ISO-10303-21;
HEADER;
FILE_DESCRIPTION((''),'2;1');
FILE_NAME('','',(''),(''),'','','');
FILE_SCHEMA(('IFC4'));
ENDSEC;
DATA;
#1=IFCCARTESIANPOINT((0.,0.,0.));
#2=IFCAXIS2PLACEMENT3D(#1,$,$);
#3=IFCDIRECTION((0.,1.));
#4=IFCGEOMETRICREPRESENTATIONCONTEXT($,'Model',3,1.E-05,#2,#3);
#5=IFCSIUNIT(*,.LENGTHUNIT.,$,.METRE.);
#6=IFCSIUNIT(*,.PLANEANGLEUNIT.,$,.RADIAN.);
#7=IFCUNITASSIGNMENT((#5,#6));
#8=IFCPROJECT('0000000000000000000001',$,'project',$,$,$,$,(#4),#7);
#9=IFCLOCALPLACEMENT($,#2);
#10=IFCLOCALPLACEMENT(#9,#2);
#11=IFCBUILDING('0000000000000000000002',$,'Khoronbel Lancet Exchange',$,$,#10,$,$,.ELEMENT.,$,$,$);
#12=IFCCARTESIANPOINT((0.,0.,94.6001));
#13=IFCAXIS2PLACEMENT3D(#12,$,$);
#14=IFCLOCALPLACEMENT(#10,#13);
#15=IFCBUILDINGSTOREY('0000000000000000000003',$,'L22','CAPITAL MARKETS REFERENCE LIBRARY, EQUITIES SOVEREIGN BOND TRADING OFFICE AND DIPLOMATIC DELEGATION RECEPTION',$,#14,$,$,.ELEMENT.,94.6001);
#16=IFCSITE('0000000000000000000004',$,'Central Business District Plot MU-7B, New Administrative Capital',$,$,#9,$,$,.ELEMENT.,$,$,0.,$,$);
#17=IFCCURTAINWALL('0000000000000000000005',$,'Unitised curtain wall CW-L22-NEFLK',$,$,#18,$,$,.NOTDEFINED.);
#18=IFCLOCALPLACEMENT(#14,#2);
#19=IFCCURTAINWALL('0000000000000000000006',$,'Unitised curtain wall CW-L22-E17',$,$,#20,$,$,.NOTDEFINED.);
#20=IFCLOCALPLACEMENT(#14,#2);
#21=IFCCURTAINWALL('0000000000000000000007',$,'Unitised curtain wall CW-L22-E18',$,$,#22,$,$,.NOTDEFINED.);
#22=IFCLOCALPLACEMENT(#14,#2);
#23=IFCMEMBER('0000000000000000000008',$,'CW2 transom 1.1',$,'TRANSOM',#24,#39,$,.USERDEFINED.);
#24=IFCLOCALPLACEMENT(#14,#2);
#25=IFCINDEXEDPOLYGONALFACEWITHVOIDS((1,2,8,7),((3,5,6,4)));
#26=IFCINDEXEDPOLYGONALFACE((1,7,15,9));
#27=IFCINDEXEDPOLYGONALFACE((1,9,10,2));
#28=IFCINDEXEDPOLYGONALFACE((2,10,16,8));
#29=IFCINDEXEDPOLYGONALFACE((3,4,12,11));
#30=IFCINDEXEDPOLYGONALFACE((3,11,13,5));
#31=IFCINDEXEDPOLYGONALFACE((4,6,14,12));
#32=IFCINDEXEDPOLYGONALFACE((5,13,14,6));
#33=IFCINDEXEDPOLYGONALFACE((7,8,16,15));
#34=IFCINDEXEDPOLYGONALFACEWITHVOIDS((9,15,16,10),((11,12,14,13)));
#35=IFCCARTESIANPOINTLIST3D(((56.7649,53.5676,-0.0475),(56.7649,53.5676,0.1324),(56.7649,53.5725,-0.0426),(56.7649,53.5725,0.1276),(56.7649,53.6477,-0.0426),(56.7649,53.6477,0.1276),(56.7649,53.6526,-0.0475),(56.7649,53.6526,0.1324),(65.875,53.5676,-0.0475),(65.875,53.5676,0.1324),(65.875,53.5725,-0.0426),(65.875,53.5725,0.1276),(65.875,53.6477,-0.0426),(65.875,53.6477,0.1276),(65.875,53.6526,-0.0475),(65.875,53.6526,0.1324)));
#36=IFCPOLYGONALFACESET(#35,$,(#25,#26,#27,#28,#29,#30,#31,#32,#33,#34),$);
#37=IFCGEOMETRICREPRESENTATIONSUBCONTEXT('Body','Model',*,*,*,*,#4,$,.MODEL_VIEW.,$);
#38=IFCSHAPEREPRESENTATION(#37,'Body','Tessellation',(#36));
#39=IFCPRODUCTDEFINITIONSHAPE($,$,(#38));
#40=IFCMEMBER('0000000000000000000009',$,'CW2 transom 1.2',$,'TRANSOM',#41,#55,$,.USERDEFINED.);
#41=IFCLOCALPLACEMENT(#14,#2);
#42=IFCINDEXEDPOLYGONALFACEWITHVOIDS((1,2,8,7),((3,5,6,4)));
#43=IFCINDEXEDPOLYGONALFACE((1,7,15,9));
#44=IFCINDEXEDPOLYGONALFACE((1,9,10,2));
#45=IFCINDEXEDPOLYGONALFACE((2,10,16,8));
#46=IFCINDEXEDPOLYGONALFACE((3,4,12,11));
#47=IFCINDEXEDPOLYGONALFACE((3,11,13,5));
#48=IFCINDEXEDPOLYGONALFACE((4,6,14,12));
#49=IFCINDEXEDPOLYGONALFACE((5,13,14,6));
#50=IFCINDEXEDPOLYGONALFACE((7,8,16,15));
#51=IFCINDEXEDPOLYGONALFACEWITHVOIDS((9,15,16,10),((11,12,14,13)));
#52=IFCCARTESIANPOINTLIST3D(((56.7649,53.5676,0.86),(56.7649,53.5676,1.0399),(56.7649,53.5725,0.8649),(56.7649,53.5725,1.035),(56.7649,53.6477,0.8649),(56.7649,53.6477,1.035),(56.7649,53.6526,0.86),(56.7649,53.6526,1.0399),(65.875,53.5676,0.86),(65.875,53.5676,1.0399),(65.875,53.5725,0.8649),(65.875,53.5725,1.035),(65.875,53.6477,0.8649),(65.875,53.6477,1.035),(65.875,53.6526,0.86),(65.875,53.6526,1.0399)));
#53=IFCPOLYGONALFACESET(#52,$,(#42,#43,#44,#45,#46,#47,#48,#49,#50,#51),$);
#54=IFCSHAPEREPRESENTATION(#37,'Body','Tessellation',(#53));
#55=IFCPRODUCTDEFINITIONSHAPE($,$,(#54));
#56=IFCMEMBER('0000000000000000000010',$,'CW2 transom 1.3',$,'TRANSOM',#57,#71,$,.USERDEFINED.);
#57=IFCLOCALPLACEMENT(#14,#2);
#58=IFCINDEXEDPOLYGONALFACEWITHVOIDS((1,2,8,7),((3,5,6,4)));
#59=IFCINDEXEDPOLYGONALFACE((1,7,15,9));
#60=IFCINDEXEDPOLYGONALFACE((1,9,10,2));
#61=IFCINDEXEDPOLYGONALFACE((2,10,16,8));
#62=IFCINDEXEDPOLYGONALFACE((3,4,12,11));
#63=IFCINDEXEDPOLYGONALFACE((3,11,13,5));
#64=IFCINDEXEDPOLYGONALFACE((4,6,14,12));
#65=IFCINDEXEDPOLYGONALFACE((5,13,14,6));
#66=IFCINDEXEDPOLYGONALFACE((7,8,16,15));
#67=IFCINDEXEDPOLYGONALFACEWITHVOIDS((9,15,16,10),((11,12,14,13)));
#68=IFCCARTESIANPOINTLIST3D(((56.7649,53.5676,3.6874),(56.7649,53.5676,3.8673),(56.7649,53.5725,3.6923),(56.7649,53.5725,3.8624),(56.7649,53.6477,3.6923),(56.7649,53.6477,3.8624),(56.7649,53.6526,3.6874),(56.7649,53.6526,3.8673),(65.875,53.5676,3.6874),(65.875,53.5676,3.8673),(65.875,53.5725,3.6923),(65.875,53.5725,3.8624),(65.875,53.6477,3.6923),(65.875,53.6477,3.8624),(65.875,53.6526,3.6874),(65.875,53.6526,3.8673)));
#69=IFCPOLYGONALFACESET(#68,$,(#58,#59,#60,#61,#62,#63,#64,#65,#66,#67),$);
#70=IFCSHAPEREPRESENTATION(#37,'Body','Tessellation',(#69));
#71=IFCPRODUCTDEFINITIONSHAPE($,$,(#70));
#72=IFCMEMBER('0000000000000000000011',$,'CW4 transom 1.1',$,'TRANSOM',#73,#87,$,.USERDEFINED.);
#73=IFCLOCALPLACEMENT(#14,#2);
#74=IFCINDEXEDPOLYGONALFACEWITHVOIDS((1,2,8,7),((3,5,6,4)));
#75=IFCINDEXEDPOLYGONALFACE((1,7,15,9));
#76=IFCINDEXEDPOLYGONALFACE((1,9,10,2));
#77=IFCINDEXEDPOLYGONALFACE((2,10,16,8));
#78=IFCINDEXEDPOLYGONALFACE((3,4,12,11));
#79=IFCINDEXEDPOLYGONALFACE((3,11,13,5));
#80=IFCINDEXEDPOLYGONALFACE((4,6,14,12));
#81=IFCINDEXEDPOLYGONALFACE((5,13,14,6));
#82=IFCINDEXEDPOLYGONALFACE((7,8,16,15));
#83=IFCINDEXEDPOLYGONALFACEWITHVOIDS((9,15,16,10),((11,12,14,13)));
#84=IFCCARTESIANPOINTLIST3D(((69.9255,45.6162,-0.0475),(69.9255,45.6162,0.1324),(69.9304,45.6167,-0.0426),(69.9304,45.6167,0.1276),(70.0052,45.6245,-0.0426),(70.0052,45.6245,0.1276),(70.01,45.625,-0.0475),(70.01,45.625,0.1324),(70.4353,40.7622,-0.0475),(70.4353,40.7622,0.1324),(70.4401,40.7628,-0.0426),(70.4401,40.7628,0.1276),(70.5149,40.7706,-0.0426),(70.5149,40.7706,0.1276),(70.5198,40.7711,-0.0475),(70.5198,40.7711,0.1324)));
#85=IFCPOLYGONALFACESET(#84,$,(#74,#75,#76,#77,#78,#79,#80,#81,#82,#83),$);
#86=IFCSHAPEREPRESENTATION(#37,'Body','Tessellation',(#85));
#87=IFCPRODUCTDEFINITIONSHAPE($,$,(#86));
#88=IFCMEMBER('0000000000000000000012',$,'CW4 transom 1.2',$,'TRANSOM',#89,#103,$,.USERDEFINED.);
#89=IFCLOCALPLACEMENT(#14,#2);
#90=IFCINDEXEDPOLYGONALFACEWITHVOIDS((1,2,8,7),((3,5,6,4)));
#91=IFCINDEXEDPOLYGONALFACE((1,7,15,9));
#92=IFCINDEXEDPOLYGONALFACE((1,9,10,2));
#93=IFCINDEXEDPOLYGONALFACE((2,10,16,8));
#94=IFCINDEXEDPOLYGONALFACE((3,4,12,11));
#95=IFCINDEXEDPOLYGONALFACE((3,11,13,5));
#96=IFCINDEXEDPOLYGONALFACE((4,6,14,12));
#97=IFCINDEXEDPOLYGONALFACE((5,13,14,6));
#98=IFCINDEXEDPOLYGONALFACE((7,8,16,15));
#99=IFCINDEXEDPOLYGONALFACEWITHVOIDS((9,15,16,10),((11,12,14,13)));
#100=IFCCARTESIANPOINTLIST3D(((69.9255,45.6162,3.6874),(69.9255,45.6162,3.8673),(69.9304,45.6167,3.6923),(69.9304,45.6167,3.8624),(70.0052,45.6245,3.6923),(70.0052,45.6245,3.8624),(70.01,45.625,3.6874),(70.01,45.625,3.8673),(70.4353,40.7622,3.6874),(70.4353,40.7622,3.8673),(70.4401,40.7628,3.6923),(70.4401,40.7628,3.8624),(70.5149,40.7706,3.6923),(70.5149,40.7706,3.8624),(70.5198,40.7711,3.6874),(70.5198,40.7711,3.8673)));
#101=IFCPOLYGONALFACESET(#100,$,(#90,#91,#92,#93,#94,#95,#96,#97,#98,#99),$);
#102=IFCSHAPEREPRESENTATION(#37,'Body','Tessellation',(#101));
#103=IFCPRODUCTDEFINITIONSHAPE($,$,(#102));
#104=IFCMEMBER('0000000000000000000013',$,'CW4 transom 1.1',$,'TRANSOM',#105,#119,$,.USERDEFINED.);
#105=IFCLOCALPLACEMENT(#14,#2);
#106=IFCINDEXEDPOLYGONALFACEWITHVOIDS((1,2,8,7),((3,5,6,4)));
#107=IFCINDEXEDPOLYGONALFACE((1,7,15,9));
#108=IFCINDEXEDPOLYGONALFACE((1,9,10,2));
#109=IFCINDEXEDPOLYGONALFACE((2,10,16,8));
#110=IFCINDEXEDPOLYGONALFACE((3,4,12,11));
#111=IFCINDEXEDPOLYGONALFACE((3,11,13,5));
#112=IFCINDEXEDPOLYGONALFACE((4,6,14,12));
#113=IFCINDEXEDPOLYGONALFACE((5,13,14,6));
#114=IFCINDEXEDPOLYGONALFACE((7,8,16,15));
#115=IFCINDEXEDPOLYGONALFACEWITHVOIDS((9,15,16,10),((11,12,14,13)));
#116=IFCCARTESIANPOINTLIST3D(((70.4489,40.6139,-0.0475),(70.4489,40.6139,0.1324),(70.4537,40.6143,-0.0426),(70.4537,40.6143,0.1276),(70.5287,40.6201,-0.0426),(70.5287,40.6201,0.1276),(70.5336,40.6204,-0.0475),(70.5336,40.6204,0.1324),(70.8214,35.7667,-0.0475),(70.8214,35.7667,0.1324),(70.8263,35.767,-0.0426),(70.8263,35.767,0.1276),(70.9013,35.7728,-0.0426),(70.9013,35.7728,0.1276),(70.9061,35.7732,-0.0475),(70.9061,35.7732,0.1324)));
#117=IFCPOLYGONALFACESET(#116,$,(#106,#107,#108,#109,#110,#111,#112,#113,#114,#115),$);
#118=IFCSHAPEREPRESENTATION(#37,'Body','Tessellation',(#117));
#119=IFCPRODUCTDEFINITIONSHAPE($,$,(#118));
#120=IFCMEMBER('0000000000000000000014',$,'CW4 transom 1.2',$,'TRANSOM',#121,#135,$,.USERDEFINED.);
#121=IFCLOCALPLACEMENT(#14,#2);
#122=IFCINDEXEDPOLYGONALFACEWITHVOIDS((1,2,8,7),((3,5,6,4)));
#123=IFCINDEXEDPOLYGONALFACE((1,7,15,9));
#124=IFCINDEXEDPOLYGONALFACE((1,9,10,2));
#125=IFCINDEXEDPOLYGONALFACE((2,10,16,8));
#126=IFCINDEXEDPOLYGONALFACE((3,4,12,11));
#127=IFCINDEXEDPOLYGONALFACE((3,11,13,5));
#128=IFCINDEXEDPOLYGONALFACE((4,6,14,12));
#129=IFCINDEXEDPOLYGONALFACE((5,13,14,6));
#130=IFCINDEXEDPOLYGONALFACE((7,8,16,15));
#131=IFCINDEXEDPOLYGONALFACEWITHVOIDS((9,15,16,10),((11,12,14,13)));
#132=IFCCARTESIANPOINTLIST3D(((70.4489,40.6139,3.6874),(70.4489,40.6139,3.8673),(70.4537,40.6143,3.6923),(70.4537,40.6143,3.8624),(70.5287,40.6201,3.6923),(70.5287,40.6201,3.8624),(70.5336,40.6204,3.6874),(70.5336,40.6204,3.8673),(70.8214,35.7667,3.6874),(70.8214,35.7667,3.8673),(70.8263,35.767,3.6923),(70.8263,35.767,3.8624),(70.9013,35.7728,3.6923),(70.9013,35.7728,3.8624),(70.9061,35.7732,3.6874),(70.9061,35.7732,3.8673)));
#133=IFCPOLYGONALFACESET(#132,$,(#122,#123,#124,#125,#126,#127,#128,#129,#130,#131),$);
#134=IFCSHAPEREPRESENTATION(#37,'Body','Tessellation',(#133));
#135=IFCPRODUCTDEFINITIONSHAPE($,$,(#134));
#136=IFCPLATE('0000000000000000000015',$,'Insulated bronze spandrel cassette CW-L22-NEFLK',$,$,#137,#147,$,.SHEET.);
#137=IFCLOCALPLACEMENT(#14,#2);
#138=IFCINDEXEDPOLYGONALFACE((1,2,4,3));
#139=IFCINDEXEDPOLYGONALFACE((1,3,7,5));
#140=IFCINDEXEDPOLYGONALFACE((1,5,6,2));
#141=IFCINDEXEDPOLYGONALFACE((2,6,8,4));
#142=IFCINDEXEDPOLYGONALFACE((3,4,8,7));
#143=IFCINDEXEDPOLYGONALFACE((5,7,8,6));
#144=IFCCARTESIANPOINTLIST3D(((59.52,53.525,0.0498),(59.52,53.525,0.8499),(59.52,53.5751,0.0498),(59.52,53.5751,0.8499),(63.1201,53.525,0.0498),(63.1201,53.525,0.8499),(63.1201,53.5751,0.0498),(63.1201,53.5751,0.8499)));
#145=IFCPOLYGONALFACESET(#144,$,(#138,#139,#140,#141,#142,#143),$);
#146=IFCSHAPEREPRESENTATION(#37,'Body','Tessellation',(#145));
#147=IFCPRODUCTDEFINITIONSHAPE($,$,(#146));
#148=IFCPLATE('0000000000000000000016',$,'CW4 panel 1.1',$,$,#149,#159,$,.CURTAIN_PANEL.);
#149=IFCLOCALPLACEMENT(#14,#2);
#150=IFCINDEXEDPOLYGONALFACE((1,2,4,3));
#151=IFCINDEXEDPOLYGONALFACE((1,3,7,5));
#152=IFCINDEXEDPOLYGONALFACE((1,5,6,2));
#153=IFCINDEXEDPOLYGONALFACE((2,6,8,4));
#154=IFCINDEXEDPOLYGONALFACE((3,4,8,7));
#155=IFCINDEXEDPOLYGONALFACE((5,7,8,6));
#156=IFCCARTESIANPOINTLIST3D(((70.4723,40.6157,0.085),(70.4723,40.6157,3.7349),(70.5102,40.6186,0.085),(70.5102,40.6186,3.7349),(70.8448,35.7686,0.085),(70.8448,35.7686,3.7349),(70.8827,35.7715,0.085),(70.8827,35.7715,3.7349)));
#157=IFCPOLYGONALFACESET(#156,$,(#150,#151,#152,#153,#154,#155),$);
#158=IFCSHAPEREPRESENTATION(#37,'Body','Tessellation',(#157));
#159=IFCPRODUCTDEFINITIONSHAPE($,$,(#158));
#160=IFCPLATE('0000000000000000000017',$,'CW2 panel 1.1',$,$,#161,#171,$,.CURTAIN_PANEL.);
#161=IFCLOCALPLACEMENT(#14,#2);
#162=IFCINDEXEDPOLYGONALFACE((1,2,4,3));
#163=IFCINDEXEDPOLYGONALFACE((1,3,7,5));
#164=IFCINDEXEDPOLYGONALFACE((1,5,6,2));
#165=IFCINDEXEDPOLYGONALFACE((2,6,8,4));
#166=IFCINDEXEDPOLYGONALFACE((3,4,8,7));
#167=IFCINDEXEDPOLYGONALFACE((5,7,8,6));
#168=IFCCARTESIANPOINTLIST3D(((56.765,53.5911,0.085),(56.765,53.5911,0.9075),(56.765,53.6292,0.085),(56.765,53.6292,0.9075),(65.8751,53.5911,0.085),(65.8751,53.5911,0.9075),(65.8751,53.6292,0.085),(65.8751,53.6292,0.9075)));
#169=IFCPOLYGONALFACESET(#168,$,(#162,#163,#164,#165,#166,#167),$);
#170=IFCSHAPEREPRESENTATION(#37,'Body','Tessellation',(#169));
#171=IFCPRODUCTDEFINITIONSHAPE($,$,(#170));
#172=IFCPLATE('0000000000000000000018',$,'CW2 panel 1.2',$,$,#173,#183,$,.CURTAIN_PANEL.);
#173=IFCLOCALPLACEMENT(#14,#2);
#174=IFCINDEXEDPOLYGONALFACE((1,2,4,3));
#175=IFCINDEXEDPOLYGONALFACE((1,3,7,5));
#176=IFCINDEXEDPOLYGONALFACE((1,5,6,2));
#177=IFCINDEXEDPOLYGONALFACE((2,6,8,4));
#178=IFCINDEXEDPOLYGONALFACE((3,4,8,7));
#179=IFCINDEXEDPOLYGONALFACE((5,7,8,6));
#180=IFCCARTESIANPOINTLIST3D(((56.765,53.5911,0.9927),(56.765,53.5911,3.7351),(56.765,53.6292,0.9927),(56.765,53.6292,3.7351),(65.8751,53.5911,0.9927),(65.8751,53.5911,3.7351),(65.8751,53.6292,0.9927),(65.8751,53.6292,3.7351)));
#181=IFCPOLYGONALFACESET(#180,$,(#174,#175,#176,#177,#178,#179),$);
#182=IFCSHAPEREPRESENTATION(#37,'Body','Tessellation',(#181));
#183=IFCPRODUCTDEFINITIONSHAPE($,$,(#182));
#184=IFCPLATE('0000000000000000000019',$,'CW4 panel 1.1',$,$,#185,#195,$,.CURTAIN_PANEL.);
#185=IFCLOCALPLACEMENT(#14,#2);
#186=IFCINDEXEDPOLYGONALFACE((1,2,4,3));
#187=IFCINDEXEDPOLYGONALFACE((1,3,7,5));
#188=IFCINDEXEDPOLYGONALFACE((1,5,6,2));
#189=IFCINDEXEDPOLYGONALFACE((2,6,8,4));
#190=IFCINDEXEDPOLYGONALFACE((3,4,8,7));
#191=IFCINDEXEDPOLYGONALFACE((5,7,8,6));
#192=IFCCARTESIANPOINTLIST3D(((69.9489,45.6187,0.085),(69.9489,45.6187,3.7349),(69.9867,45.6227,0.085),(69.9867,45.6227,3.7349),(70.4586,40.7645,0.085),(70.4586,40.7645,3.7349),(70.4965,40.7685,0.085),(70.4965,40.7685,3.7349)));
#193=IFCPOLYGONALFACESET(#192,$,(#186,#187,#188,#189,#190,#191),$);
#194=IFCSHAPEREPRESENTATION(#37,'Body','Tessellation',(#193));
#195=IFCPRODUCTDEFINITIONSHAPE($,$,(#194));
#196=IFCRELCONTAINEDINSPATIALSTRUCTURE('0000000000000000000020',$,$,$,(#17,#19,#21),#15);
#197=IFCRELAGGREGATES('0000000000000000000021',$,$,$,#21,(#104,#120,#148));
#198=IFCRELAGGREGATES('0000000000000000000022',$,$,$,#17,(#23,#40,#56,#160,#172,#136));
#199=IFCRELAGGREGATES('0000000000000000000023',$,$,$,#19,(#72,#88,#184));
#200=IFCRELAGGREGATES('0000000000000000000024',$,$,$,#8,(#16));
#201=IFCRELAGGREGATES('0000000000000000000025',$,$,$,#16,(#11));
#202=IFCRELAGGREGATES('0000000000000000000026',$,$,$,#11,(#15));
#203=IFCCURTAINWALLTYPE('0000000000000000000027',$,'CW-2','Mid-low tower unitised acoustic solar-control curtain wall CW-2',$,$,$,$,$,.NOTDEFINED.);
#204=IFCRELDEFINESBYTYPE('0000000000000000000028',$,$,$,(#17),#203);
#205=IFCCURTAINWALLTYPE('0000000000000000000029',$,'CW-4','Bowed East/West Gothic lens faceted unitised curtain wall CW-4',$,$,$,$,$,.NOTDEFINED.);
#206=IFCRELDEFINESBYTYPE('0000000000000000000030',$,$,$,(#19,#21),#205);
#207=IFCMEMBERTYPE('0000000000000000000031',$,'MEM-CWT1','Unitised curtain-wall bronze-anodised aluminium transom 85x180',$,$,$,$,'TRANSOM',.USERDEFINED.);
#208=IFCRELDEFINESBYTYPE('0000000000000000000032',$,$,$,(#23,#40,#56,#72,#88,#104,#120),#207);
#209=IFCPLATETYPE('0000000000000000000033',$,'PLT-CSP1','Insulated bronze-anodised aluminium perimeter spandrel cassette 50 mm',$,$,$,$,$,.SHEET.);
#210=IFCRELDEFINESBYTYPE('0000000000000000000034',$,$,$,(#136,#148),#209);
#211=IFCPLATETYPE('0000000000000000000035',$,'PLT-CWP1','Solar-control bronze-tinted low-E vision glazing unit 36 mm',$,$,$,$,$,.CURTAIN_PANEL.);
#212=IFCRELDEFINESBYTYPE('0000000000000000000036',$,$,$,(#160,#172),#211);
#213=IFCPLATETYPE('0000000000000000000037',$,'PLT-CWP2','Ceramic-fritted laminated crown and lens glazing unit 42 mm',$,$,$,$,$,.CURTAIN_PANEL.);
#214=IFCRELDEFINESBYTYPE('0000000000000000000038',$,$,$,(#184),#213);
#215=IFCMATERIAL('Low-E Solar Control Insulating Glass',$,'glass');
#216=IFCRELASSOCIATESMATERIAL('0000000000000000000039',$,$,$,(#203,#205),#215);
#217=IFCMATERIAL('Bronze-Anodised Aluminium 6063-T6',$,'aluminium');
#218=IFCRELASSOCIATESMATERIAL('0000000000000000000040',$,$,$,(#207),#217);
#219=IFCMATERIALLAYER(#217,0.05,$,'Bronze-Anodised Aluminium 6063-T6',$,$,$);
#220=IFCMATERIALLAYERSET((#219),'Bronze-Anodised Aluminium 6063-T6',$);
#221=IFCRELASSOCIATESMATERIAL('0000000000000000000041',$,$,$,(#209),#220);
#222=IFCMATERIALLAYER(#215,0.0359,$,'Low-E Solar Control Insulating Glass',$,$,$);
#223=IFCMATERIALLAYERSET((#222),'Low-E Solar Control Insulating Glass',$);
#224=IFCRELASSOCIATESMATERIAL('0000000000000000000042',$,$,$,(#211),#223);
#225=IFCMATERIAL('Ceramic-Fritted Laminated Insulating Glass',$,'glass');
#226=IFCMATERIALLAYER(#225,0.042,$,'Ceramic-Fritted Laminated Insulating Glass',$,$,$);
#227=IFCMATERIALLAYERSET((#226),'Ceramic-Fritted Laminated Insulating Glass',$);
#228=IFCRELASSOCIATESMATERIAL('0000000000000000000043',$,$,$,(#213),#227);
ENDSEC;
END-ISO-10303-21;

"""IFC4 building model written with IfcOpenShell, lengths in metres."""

from ifc_helpers import new_model, si_unit, direction, frame, origin, origin_2d, place, context, subcontext, project, spatial, rectangle, hollow_rectangle, extrude, material, layer, layer_set, material_profile, profile_set, type_object, element, aggregate, save


model = new_model("IFC4")

# Units and contexts
model_context = context("Model", 3, precision=1e-05, world=origin(), true_north=direction((0.0, 1.0)))
body_context = subcontext(model_context, "Body", "Model", "MODEL_VIEW")
ifc_project = project(units=[si_unit("LENGTHUNIT", "METRE"), si_unit("PLANEANGLEUNIT", "RADIAN")], contexts=[model_context])

# Site, building, storey
site_placement = place(None, origin())
site = spatial("IfcSite", under=ifc_project, at=site_placement, Name="Central Business District Plot MU-7B, New Administrative Capital", CompositionType="ELEMENT", RefElevation=0.0)
building_placement = place(site_placement, origin())
building = spatial("IfcBuilding", under=site, at=building_placement, Name="Khoronbel Lancet Exchange", CompositionType="ELEMENT")
storey_placement = place(building_placement, frame((0.0, 0.0, 94.6001)))
storey = spatial("IfcBuildingStorey", under=building, at=storey_placement, Name="L22", Description="CAPITAL MARKETS REFERENCE LIBRARY, EQUITIES SOVEREIGN BOND TRADING OFFICE AND DIPLOMATIC DELEGATION RECEPTION", CompositionType="ELEMENT", Elevation=94.6001)

# Curtain walls
ifc_material_1 = material(Name="Low-E Solar Control Insulating Glass", Category="glass")
curtain_wall_type_1 = type_object("IfcCurtainWallType", Name="CW-2", Description="Mid-low tower unitised acoustic solar-control curtain wall CW-2", PredefinedType="NOTDEFINED", material=ifc_material_1)
curtain_wall_1_placement = place(storey_placement, origin())
curtain_wall_1 = element("IfcCurtainWall", 1, at=curtain_wall_1_placement, inside=storey, type_object=curtain_wall_type_1, Name="Unitised curtain wall CW-L22-NEFLK", PredefinedType="NOTDEFINED")
ifc_material_2 = material(Name="Bronze-Anodised Aluminium 6063-T6", Category="aluminium")
curtain_wall_type_2 = type_object("IfcCurtainWallType", Name="CW-4", Description="Bowed East/West Gothic lens faceted unitised curtain wall CW-4", PredefinedType="NOTDEFINED", material=ifc_material_1)
curtain_wall_2_placement = place(storey_placement, origin())
curtain_wall_2 = element("IfcCurtainWall", 2, at=curtain_wall_2_placement, inside=storey, type_object=curtain_wall_type_2, Name="Unitised curtain wall CW-L22-E17", PredefinedType="NOTDEFINED")

# Curtain wall
curtain_wall_3_placement = place(storey_placement, origin())
curtain_wall_3 = element("IfcCurtainWall", 3, at=curtain_wall_3_placement, inside=storey, type_object=curtain_wall_type_2, Name="Unitised curtain wall CW-L22-E18", PredefinedType="NOTDEFINED")

# Members
ifc_material_profile_1 = material_profile(ifc_material_2, hollow_rectangle(XDim=0.085, YDim=0.1799, WallThickness=0.0049, at=origin_2d()), Name="ALU TRANSOM 85x180")
ifc_profile_set_1 = profile_set([ifc_material_profile_1], Name="Bronze-Anodised Aluminium 6063-T6")
member_type_1 = type_object("IfcMemberType", Name="MEM-CWT1", Description="Unitised curtain-wall bronze-anodised aluminium transom 85x180", ElementType="TRANSOM", PredefinedType="USERDEFINED", material=ifc_profile_set_1)
member_1_placement = place(storey_placement, frame((65.875, 53.6101, 0.0425), z_axis=(-1.0, 0.0, 0.0), x_axis=(0.0, -1.0, 0.0)))
member_1 = element("IfcMember", 4, at=member_1_placement, type_object=member_type_1, Name="CW2 transom 1.1", ObjectType="TRANSOM", PredefinedType="USERDEFINED", context=body_context, shape_type="SweptSolid", body=[
    extrude(hollow_rectangle(XDim=0.085, YDim=0.1799, WallThickness=0.0049, at=origin_2d()), origin(), (0.0, 0.0, 1.0), 9.1101),
])
member_2_placement = place(storey_placement, frame((65.875, 53.6101, 0.95), z_axis=(-1.0, 0.0, 0.0), x_axis=(0.0, -1.0, 0.0)))
member_2 = element("IfcMember", 5, at=member_2_placement, type_object=member_type_1, Name="CW2 transom 1.2", ObjectType="TRANSOM", PredefinedType="USERDEFINED", context=body_context, shape_type="SweptSolid", body=[
    extrude(hollow_rectangle(XDim=0.085, YDim=0.1799, WallThickness=0.0049, at=origin_2d()), origin(), (0.0, 0.0, 1.0), 9.1101),
])
member_3_placement = place(storey_placement, frame((65.875, 53.6101, 3.7773), z_axis=(-1.0, 0.0, 0.0), x_axis=(0.0, -1.0, 0.0)))
member_3 = element("IfcMember", 6, at=member_3_placement, type_object=member_type_1, Name="CW2 transom 1.3", ObjectType="TRANSOM", PredefinedType="USERDEFINED", context=body_context, shape_type="SweptSolid", body=[
    extrude(hollow_rectangle(XDim=0.085, YDim=0.1799, WallThickness=0.0049, at=origin_2d()), origin(), (0.0, 0.0, 1.0), 9.1101),
])
member_4_placement = place(storey_placement, frame((69.9678, 45.6206, 0.0425), z_axis=(0.104445, -0.994531, 0.0), x_axis=(0.994531, 0.104445, 0.0)))
member_4 = element("IfcMember", 7, at=member_4_placement, type_object=member_type_1, Name="CW4 transom 1.1", ObjectType="TRANSOM", PredefinedType="USERDEFINED", context=body_context, shape_type="SweptSolid", body=[
    extrude(hollow_rectangle(XDim=0.085, YDim=0.1799, WallThickness=0.0049, at=origin_2d()), origin(), (0.0, 0.0, 1.0), 4.8806),
])
member_5_placement = place(storey_placement, frame((69.9678, 45.6206, 3.7773), z_axis=(0.104445, -0.994531, 0.0), x_axis=(0.994531, 0.104445, 0.0)))
member_5 = element("IfcMember", 8, at=member_5_placement, type_object=member_type_1, Name="CW4 transom 1.2", ObjectType="TRANSOM", PredefinedType="USERDEFINED", context=body_context, shape_type="SweptSolid", body=[
    extrude(hollow_rectangle(XDim=0.085, YDim=0.1799, WallThickness=0.0049, at=origin_2d()), origin(), (0.0, 0.0, 1.0), 4.8806),
])
member_6_placement = place(storey_placement, frame((70.4912, 40.6172, 0.0425), z_axis=(0.076635, -0.997059, 0.0), x_axis=(0.997059, 0.076635, 0.0)))
member_6 = element("IfcMember", 9, at=member_6_placement, type_object=member_type_1, Name="CW4 transom 1.1", ObjectType="TRANSOM", PredefinedType="USERDEFINED", context=body_context, shape_type="SweptSolid", body=[
    extrude(hollow_rectangle(XDim=0.085, YDim=0.1799, WallThickness=0.0049, at=origin_2d()), origin(), (0.0, 0.0, 1.0), 4.8616),
])
member_7_placement = place(storey_placement, frame((70.4912, 40.6172, 3.7773), z_axis=(0.076635, -0.997059, 0.0), x_axis=(0.997059, 0.076635, 0.0)))
member_7 = element("IfcMember", 10, at=member_7_placement, type_object=member_type_1, Name="CW4 transom 1.2", ObjectType="TRANSOM", PredefinedType="USERDEFINED", context=body_context, shape_type="SweptSolid", body=[
    extrude(hollow_rectangle(XDim=0.085, YDim=0.1799, WallThickness=0.0049, at=origin_2d()), origin(), (0.0, 0.0, 1.0), 4.8616),
])

# Plates
ifc_layer_1 = layer(ifc_material_2, 0.05, Name="Bronze-Anodised Aluminium 6063-T6")
ifc_layer_set_1 = layer_set([ifc_layer_1], Name="Bronze-Anodised Aluminium 6063-T6")
plate_type_1 = type_object("IfcPlateType", Name="PLT-CSP1", Description="Insulated bronze-anodised aluminium perimeter spandrel cassette 50 mm", PredefinedType="SHEET", material=ifc_layer_set_1)
plate_1_placement = place(storey_placement, frame((61.3201, 53.55, 0.0498), z_axis=(0.0, 0.0, 1.0), x_axis=(-1.0, 0.0, 0.0)))
plate_1 = element("IfcPlate", 11, at=plate_1_placement, type_object=plate_type_1, Name="Insulated bronze spandrel cassette CW-L22-NEFLK", PredefinedType="SHEET", context=body_context, shape_type="SweptSolid", body=[
    extrude(rectangle(XDim=3.6001, YDim=0.05, at=origin_2d()), origin(), (0.0, 0.0, 1.0), 0.8),
])
plate_2_placement = place(storey_placement, frame((70.6775, 38.1936, 0.085), z_axis=(0.0, 0.0, 1.0), x_axis=(0.076626, -0.99706, 0.0)))
plate_2 = element("IfcPlate", 12, at=plate_2_placement, type_object=plate_type_1, Name="CW4 panel 1.1", PredefinedType="CURTAIN_PANEL", context=body_context, shape_type="SweptSolid", body=[
    extrude(rectangle(XDim=4.8613, YDim=0.0381, at=origin_2d()), origin(), (0.0, 0.0, 1.0), 3.6499),
])
aggregate(curtain_wall_3, [member_6, member_7, plate_2])
ifc_layer_2 = layer(ifc_material_1, 0.0359, Name="Low-E Solar Control Insulating Glass")
ifc_layer_set_2 = layer_set([ifc_layer_2], Name="Low-E Solar Control Insulating Glass")
plate_type_2 = type_object("IfcPlateType", Name="PLT-CWP1", Description="Solar-control bronze-tinted low-E vision glazing unit 36 mm", PredefinedType="CURTAIN_PANEL", material=ifc_layer_set_2)
plate_3_placement = place(storey_placement, frame((61.3201, 53.6101, 0.085), z_axis=(0.0, 0.0, 1.0), x_axis=(-1.0, 0.0, 0.0)))
plate_3 = element("IfcPlate", 13, at=plate_3_placement, type_object=plate_type_2, Name="CW2 panel 1.1", PredefinedType="CURTAIN_PANEL", context=body_context, shape_type="SweptSolid", body=[
    extrude(rectangle(XDim=9.1101, YDim=0.0381, at=origin_2d()), origin(), (0.0, 0.0, 1.0), 0.8225),
])
plate_4_placement = place(storey_placement, frame((61.3201, 53.6101, 0.9927), z_axis=(0.0, 0.0, 1.0), x_axis=(-1.0, 0.0, 0.0)))
plate_4 = element("IfcPlate", 14, at=plate_4_placement, type_object=plate_type_2, Name="CW2 panel 1.2", PredefinedType="CURTAIN_PANEL", context=body_context, shape_type="SweptSolid", body=[
    extrude(rectangle(XDim=9.1101, YDim=0.0381, at=origin_2d()), origin(), (0.0, 0.0, 1.0), 2.7424),
])
aggregate(curtain_wall_1, [member_1, member_2, member_3, plate_3, plate_4, plate_1])
ifc_material_3 = material(Name="Ceramic-Fritted Laminated Insulating Glass", Category="glass")
ifc_layer_3 = layer(ifc_material_3, 0.042, Name="Ceramic-Fritted Laminated Insulating Glass")
ifc_layer_set_3 = layer_set([ifc_layer_3], Name="Ceramic-Fritted Laminated Insulating Glass")
plate_type_3 = type_object("IfcPlateType", Name="PLT-CWP2", Description="Ceramic-fritted laminated crown and lens glazing unit 42 mm", PredefinedType="CURTAIN_PANEL", material=ifc_layer_set_3)
plate_5_placement = place(storey_placement, frame((70.2227, 43.1936, 0.085), z_axis=(0.0, 0.0, 1.0), x_axis=(0.104434, -0.994532, 0.0)))
plate_5 = element("IfcPlate", 15, at=plate_5_placement, type_object=plate_type_3, Name="CW4 panel 1.1", PredefinedType="CURTAIN_PANEL", context=body_context, shape_type="SweptSolid", body=[
    extrude(rectangle(XDim=4.8809, YDim=0.0381, at=origin_2d()), origin(), (0.0, 0.0, 1.0), 3.6499),
])
aggregate(curtain_wall_2, [member_4, member_5, plate_5])

save(model, "model.ifc")
